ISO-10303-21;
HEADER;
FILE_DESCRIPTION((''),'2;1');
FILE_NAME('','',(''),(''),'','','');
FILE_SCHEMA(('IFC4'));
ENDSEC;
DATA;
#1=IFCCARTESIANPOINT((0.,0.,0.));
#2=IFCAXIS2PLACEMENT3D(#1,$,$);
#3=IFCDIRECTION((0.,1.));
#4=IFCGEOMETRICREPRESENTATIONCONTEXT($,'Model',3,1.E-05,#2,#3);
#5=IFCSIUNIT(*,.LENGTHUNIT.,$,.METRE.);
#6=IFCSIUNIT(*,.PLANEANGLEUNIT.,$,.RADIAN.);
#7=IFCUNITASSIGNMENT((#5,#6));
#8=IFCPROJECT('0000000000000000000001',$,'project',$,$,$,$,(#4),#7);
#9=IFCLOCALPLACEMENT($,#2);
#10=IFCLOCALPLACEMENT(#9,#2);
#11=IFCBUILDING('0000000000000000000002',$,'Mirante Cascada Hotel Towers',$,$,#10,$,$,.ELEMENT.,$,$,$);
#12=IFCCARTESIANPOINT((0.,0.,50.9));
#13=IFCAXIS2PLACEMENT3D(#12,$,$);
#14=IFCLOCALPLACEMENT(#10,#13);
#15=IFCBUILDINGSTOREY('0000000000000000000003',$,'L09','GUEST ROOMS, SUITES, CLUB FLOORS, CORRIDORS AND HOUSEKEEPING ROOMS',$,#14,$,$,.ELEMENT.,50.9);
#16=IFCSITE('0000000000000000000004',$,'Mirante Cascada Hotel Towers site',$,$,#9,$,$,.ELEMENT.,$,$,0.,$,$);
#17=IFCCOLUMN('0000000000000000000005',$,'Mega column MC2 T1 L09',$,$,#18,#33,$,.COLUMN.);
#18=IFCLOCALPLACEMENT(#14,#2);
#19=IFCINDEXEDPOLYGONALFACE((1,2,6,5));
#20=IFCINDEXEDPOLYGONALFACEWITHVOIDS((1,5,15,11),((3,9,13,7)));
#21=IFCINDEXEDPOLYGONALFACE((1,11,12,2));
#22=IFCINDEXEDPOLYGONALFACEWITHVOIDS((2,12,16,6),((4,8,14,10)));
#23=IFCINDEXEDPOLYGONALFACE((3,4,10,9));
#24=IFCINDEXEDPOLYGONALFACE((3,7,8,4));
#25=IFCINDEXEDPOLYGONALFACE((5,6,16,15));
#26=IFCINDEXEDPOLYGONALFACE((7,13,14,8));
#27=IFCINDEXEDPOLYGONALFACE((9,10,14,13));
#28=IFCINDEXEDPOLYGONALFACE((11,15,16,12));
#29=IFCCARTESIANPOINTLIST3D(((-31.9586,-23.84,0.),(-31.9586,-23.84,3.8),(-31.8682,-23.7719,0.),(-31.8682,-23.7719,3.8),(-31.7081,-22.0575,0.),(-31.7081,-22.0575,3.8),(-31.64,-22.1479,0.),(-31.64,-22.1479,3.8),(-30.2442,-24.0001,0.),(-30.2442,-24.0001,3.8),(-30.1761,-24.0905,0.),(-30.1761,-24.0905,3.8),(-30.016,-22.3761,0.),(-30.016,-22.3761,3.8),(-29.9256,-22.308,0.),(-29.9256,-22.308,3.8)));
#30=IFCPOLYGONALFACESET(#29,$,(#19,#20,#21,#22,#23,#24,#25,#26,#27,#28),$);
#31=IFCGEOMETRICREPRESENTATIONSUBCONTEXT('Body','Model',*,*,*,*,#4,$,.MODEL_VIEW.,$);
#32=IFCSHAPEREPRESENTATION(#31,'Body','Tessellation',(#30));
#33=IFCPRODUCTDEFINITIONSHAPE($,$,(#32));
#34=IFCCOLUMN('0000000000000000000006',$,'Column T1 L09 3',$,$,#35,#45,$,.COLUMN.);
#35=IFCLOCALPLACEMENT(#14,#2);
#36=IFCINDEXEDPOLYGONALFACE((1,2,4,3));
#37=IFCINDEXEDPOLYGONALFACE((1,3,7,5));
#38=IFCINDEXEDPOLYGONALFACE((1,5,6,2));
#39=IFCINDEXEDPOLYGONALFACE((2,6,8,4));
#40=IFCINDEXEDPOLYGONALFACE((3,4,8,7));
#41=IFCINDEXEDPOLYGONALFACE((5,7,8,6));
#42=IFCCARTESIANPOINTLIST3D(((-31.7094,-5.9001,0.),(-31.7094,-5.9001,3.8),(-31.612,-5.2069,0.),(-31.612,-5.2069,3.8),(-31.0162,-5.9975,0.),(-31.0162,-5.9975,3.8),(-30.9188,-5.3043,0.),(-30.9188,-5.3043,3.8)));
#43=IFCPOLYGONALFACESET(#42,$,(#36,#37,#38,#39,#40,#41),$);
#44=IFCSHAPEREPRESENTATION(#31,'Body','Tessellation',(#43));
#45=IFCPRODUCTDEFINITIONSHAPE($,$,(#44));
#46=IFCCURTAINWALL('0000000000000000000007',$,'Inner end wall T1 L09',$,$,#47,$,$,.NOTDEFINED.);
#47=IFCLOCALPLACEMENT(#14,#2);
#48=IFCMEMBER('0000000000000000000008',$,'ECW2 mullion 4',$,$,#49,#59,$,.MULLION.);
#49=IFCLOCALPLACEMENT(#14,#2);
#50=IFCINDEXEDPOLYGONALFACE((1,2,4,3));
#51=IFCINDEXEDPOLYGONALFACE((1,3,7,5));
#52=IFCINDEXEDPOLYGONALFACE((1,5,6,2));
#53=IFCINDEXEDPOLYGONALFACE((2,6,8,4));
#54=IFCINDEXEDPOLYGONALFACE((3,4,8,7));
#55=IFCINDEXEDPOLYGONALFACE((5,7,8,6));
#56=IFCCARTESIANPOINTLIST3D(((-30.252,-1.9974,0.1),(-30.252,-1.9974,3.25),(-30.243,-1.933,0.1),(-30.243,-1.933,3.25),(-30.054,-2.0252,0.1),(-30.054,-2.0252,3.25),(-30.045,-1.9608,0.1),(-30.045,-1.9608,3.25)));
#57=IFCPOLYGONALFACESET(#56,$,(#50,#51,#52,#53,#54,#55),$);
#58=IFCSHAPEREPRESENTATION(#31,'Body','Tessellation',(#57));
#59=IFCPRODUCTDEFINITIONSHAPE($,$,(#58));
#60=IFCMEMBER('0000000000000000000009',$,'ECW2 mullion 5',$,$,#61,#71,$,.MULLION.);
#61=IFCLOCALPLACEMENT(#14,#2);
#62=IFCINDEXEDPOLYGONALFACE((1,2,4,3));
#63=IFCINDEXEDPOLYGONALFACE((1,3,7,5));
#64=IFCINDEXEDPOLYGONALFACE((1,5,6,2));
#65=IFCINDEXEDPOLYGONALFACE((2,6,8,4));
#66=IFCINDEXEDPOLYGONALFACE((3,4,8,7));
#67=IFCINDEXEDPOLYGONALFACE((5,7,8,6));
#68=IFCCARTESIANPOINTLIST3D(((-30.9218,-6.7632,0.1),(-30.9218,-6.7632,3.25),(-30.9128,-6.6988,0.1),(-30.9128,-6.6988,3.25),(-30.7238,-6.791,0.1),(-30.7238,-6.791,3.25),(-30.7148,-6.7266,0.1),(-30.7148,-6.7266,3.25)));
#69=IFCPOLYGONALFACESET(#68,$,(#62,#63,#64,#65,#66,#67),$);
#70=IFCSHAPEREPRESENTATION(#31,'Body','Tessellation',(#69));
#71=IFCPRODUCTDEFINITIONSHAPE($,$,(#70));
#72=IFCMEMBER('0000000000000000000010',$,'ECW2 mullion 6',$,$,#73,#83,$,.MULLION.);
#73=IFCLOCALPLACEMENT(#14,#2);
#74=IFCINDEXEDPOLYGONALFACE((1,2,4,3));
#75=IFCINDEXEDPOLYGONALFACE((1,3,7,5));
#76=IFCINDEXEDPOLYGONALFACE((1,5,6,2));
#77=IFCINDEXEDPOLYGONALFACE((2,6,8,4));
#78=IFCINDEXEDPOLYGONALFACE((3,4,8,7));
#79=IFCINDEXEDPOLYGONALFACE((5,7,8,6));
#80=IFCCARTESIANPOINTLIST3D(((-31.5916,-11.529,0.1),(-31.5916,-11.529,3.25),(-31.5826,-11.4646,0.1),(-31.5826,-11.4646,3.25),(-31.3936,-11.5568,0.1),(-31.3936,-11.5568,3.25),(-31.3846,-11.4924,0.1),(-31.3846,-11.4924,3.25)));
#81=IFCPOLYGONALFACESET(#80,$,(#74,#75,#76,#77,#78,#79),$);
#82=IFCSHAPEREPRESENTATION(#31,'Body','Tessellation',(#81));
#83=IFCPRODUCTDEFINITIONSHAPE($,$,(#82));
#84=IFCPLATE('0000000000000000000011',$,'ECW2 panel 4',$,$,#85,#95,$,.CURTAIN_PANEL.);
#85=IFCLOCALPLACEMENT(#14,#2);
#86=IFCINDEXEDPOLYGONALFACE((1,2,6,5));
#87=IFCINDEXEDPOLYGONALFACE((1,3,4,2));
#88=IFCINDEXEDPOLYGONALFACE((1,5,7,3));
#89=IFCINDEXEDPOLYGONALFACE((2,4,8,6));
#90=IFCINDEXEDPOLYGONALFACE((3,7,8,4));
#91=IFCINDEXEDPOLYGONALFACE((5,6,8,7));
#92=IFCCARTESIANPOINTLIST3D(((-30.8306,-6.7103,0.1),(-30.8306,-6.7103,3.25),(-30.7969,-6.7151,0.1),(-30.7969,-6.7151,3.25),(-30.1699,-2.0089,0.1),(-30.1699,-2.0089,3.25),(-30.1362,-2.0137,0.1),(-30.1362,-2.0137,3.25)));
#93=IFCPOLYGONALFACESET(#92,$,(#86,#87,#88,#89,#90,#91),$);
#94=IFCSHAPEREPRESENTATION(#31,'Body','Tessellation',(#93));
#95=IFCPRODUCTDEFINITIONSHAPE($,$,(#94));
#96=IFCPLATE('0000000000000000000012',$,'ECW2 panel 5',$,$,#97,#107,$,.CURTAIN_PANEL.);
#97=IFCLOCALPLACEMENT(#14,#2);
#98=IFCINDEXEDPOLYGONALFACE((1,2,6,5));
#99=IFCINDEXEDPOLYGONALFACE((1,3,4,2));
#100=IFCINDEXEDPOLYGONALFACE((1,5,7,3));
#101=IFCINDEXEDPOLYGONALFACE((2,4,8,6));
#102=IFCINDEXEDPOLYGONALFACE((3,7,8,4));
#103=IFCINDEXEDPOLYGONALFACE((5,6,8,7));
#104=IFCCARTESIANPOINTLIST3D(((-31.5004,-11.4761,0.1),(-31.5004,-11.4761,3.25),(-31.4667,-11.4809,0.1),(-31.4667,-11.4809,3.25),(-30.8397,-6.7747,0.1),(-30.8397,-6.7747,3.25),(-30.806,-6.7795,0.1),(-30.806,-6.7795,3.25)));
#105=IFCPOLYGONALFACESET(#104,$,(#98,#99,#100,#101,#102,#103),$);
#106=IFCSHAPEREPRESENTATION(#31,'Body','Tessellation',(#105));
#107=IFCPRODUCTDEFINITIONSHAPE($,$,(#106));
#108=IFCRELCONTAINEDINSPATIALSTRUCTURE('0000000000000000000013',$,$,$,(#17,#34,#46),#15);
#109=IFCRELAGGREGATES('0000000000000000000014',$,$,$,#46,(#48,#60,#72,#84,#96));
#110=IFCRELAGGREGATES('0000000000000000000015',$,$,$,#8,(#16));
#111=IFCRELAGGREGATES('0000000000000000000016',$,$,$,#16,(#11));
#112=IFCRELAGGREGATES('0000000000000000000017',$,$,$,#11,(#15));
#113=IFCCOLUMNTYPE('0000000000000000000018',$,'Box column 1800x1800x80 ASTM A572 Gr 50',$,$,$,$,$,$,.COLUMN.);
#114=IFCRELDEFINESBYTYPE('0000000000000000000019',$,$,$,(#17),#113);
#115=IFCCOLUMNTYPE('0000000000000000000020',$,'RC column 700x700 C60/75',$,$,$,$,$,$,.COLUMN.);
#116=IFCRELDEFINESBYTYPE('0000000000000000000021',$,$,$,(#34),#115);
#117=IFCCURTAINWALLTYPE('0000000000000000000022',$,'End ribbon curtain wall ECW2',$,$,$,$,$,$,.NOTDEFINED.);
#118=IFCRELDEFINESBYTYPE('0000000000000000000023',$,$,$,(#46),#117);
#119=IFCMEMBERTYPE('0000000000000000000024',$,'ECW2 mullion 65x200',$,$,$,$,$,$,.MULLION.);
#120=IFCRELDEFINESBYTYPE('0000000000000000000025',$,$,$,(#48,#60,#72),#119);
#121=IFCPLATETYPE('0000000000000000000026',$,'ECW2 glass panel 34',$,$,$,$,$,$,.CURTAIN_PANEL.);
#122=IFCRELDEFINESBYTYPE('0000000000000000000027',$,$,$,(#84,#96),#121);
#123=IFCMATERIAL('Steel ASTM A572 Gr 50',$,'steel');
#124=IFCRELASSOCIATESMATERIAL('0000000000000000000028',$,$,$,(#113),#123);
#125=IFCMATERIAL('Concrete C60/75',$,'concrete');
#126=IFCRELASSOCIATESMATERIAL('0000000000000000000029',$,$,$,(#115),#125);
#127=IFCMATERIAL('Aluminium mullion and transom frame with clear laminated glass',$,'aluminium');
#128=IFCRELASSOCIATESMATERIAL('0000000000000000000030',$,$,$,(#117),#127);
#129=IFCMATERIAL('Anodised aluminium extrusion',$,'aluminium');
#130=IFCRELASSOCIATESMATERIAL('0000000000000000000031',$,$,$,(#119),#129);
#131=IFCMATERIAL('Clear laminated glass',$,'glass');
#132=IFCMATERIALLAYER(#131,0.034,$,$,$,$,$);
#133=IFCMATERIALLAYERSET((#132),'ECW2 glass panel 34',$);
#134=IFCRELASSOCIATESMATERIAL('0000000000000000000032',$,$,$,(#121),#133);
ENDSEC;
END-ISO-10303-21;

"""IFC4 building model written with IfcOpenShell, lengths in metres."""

from ifc_helpers import new_model, si_unit, direction, frame, origin, origin_2d, place, context, subcontext, project, spatial, rectangle, hollow_rectangle, extrude, material, layer, layer_set, material_profile, profile_set, type_object, element, aggregate, save


model = new_model("IFC4")

# Units and contexts
model_context = context("Model", 3, precision=1e-05, world=origin(), true_north=direction((0.0, 1.0)))
body_context = subcontext(model_context, "Body", "Model", "MODEL_VIEW")
ifc_project = project(units=[si_unit("LENGTHUNIT", "METRE"), si_unit("PLANEANGLEUNIT", "RADIAN")], contexts=[model_context])

# Site, building, storey
site_placement = place(None, origin())
site = spatial("IfcSite", under=ifc_project, at=site_placement, Name="Mirante Cascada Hotel Towers site", CompositionType="ELEMENT", RefElevation=0.0)
building_placement = place(site_placement, origin())
building = spatial("IfcBuilding", under=site, at=building_placement, Name="Mirante Cascada Hotel Towers", CompositionType="ELEMENT")
storey_placement = place(building_placement, frame((0.0, 0.0, 50.9)))
storey = spatial("IfcBuildingStorey", under=building, at=storey_placement, Name="L09", Description="GUEST ROOMS, SUITES, CLUB FLOORS, CORRIDORS AND HOUSEKEEPING ROOMS", CompositionType="ELEMENT", Elevation=50.9)

# Columns
ifc_material_1 = material(Name="Steel ASTM A572 Gr 50", Category="steel")
ifc_material_profile_1 = material_profile(ifc_material_1, hollow_rectangle(XDim=1.8, YDim=1.8, WallThickness=0.08, at=origin_2d()), Name="Box column 1800x1800x80 ASTM A572 Gr 50")
ifc_profile_set_1 = profile_set([ifc_material_profile_1], Name="Steel ASTM A572 Gr 50")
column_type_1 = type_object("IfcColumnType", Name="Box column 1800x1800x80 ASTM A572 Gr 50", PredefinedType="COLUMN", material=ifc_profile_set_1)
column_1_placement = place(storey_placement, frame((-30.9421, -23.074, 0.0), z_axis=(0.0, 0.0, 1.0), x_axis=(-0.990268, 0.139173, 0.0)))
element("IfcColumn", 1, at=column_1_placement, inside=storey, type_object=column_type_1, Name="Mega column MC2 T1 L09", PredefinedType="COLUMN", context=body_context, shape_type="SweptSolid", body=[
    extrude(hollow_rectangle(XDim=1.8, YDim=1.8, WallThickness=0.08, at=origin_2d()), origin(), (0.0, 0.0, 1.0), 3.8),
])
ifc_material_2 = material(Name="Concrete C60/75", Category="concrete")
ifc_material_profile_2 = material_profile(ifc_material_2, rectangle(XDim=0.7, YDim=0.7, at=origin_2d()), Name="RC column 700x700 C60/75")
ifc_profile_set_2 = profile_set([ifc_material_profile_2], Name="Concrete C60/75")
column_type_2 = type_object("IfcColumnType", Name="RC column 700x700 C60/75", PredefinedType="COLUMN", material=ifc_profile_set_2)
column_2_placement = place(storey_placement, frame((-31.3141, -5.6022, 0.0), z_axis=(0.0, 0.0, 1.0), x_axis=(-0.990268, 0.139173, 0.0)))
element("IfcColumn", 2, at=column_2_placement, inside=storey, type_object=column_type_2, Name="Column T1 L09 3", PredefinedType="COLUMN", context=body_context, shape_type="SweptSolid", body=[
    extrude(rectangle(XDim=0.7, YDim=0.7, at=origin_2d()), origin(), (0.0, 0.0, 1.0), 3.8),
])

# Curtain wall, members, plates
ifc_material_3 = material(Name="Aluminium mullion and transom frame with clear laminated glass", Category="aluminium")
curtain_wall_type = type_object("IfcCurtainWallType", Name="End ribbon curtain wall ECW2", PredefinedType="NOTDEFINED", material=ifc_material_3)
curtain_wall_placement = place(storey_placement, origin())
curtain_wall = element("IfcCurtainWall", 3, at=curtain_wall_placement, inside=storey, type_object=curtain_wall_type, Name="Inner end wall T1 L09", PredefinedType="NOTDEFINED")
ifc_material_4 = material(Name="Anodised aluminium extrusion", Category="aluminium")
ifc_material_profile_3 = material_profile(ifc_material_4, rectangle(XDim=0.2, YDim=0.065, at=origin_2d()), Name="ECW2 MULLION 65x200")
ifc_profile_set_3 = profile_set([ifc_material_profile_3], Name="Anodised aluminium extrusion")
member_type = type_object("IfcMemberType", Name="ECW2 mullion 65x200", PredefinedType="MULLION", material=ifc_profile_set_3)
member_1_placement = place(storey_placement, frame((-30.1485, -1.9791, 0.1), z_axis=(0.0, 0.0, 1.0), x_axis=(0.990268, -0.139173, 0.0)))
member_1 = element("IfcMember", 4, at=member_1_placement, type_object=member_type, Name="ECW2 mullion 4", PredefinedType="MULLION", context=body_context, shape_type="SweptSolid", body=[
    extrude(rectangle(XDim=0.2, YDim=0.065, at=origin_2d()), origin(), (0.0, 0.0, 1.0), 3.15),
])
member_2_placement = place(storey_placement, frame((-30.8183, -6.7449, 0.1), z_axis=(0.0, 0.0, 1.0), x_axis=(0.990268, -0.139173, 0.0)))
member_2 = element("IfcMember", 5, at=member_2_placement, type_object=member_type, Name="ECW2 mullion 5", PredefinedType="MULLION", context=body_context, shape_type="SweptSolid", body=[
    extrude(rectangle(XDim=0.2, YDim=0.065, at=origin_2d()), origin(), (0.0, 0.0, 1.0), 3.15),
])
member_3_placement = place(storey_placement, frame((-31.4881, -11.5107, 0.1), z_axis=(0.0, 0.0, 1.0), x_axis=(0.990268, -0.139173, 0.0)))
member_3 = element("IfcMember", 6, at=member_3_placement, type_object=member_type, Name="ECW2 mullion 6", PredefinedType="MULLION", context=body_context, shape_type="SweptSolid", body=[
    extrude(rectangle(XDim=0.2, YDim=0.065, at=origin_2d()), origin(), (0.0, 0.0, 1.0), 3.15),
])
ifc_material_5 = material(Name="Clear laminated glass", Category="glass")
ifc_layer_1 = layer(ifc_material_5, 0.034)
ifc_layer_set_1 = layer_set([ifc_layer_1], Name="ECW2 glass panel 34")
plate_type = type_object("IfcPlateType", Name="ECW2 glass panel 34", PredefinedType="CURTAIN_PANEL", material=ifc_layer_set_1)
plate_1_placement = place(storey_placement, frame((-30.4834, -4.362, 0.1), z_axis=(0.0, 0.0, 1.0), x_axis=(-0.139173, -0.990268, 0.0)))
plate_1 = element("IfcPlate", 7, at=plate_1_placement, type_object=plate_type, Name="ECW2 panel 4", PredefinedType="CURTAIN_PANEL", context=body_context, shape_type="SweptSolid", body=[
    extrude(rectangle(XDim=4.7476, YDim=0.034, at=origin_2d()), origin(), (0.0, 0.0, 1.0), 3.15),
])
plate_2_placement = place(storey_placement, frame((-31.1532, -9.1278, 0.1), z_axis=(0.0, 0.0, 1.0), x_axis=(-0.139173, -0.990268, 0.0)))
plate_2 = element("IfcPlate", 8, at=plate_2_placement, type_object=plate_type, Name="ECW2 panel 5", PredefinedType="CURTAIN_PANEL", context=body_context, shape_type="SweptSolid", body=[
    extrude(rectangle(XDim=4.7476, YDim=0.034, at=origin_2d()), origin(), (0.0, 0.0, 1.0), 3.15),
])
aggregate(curtain_wall, [member_1, member_2, member_3, plate_1, plate_2])

save(model, "model.ifc")
